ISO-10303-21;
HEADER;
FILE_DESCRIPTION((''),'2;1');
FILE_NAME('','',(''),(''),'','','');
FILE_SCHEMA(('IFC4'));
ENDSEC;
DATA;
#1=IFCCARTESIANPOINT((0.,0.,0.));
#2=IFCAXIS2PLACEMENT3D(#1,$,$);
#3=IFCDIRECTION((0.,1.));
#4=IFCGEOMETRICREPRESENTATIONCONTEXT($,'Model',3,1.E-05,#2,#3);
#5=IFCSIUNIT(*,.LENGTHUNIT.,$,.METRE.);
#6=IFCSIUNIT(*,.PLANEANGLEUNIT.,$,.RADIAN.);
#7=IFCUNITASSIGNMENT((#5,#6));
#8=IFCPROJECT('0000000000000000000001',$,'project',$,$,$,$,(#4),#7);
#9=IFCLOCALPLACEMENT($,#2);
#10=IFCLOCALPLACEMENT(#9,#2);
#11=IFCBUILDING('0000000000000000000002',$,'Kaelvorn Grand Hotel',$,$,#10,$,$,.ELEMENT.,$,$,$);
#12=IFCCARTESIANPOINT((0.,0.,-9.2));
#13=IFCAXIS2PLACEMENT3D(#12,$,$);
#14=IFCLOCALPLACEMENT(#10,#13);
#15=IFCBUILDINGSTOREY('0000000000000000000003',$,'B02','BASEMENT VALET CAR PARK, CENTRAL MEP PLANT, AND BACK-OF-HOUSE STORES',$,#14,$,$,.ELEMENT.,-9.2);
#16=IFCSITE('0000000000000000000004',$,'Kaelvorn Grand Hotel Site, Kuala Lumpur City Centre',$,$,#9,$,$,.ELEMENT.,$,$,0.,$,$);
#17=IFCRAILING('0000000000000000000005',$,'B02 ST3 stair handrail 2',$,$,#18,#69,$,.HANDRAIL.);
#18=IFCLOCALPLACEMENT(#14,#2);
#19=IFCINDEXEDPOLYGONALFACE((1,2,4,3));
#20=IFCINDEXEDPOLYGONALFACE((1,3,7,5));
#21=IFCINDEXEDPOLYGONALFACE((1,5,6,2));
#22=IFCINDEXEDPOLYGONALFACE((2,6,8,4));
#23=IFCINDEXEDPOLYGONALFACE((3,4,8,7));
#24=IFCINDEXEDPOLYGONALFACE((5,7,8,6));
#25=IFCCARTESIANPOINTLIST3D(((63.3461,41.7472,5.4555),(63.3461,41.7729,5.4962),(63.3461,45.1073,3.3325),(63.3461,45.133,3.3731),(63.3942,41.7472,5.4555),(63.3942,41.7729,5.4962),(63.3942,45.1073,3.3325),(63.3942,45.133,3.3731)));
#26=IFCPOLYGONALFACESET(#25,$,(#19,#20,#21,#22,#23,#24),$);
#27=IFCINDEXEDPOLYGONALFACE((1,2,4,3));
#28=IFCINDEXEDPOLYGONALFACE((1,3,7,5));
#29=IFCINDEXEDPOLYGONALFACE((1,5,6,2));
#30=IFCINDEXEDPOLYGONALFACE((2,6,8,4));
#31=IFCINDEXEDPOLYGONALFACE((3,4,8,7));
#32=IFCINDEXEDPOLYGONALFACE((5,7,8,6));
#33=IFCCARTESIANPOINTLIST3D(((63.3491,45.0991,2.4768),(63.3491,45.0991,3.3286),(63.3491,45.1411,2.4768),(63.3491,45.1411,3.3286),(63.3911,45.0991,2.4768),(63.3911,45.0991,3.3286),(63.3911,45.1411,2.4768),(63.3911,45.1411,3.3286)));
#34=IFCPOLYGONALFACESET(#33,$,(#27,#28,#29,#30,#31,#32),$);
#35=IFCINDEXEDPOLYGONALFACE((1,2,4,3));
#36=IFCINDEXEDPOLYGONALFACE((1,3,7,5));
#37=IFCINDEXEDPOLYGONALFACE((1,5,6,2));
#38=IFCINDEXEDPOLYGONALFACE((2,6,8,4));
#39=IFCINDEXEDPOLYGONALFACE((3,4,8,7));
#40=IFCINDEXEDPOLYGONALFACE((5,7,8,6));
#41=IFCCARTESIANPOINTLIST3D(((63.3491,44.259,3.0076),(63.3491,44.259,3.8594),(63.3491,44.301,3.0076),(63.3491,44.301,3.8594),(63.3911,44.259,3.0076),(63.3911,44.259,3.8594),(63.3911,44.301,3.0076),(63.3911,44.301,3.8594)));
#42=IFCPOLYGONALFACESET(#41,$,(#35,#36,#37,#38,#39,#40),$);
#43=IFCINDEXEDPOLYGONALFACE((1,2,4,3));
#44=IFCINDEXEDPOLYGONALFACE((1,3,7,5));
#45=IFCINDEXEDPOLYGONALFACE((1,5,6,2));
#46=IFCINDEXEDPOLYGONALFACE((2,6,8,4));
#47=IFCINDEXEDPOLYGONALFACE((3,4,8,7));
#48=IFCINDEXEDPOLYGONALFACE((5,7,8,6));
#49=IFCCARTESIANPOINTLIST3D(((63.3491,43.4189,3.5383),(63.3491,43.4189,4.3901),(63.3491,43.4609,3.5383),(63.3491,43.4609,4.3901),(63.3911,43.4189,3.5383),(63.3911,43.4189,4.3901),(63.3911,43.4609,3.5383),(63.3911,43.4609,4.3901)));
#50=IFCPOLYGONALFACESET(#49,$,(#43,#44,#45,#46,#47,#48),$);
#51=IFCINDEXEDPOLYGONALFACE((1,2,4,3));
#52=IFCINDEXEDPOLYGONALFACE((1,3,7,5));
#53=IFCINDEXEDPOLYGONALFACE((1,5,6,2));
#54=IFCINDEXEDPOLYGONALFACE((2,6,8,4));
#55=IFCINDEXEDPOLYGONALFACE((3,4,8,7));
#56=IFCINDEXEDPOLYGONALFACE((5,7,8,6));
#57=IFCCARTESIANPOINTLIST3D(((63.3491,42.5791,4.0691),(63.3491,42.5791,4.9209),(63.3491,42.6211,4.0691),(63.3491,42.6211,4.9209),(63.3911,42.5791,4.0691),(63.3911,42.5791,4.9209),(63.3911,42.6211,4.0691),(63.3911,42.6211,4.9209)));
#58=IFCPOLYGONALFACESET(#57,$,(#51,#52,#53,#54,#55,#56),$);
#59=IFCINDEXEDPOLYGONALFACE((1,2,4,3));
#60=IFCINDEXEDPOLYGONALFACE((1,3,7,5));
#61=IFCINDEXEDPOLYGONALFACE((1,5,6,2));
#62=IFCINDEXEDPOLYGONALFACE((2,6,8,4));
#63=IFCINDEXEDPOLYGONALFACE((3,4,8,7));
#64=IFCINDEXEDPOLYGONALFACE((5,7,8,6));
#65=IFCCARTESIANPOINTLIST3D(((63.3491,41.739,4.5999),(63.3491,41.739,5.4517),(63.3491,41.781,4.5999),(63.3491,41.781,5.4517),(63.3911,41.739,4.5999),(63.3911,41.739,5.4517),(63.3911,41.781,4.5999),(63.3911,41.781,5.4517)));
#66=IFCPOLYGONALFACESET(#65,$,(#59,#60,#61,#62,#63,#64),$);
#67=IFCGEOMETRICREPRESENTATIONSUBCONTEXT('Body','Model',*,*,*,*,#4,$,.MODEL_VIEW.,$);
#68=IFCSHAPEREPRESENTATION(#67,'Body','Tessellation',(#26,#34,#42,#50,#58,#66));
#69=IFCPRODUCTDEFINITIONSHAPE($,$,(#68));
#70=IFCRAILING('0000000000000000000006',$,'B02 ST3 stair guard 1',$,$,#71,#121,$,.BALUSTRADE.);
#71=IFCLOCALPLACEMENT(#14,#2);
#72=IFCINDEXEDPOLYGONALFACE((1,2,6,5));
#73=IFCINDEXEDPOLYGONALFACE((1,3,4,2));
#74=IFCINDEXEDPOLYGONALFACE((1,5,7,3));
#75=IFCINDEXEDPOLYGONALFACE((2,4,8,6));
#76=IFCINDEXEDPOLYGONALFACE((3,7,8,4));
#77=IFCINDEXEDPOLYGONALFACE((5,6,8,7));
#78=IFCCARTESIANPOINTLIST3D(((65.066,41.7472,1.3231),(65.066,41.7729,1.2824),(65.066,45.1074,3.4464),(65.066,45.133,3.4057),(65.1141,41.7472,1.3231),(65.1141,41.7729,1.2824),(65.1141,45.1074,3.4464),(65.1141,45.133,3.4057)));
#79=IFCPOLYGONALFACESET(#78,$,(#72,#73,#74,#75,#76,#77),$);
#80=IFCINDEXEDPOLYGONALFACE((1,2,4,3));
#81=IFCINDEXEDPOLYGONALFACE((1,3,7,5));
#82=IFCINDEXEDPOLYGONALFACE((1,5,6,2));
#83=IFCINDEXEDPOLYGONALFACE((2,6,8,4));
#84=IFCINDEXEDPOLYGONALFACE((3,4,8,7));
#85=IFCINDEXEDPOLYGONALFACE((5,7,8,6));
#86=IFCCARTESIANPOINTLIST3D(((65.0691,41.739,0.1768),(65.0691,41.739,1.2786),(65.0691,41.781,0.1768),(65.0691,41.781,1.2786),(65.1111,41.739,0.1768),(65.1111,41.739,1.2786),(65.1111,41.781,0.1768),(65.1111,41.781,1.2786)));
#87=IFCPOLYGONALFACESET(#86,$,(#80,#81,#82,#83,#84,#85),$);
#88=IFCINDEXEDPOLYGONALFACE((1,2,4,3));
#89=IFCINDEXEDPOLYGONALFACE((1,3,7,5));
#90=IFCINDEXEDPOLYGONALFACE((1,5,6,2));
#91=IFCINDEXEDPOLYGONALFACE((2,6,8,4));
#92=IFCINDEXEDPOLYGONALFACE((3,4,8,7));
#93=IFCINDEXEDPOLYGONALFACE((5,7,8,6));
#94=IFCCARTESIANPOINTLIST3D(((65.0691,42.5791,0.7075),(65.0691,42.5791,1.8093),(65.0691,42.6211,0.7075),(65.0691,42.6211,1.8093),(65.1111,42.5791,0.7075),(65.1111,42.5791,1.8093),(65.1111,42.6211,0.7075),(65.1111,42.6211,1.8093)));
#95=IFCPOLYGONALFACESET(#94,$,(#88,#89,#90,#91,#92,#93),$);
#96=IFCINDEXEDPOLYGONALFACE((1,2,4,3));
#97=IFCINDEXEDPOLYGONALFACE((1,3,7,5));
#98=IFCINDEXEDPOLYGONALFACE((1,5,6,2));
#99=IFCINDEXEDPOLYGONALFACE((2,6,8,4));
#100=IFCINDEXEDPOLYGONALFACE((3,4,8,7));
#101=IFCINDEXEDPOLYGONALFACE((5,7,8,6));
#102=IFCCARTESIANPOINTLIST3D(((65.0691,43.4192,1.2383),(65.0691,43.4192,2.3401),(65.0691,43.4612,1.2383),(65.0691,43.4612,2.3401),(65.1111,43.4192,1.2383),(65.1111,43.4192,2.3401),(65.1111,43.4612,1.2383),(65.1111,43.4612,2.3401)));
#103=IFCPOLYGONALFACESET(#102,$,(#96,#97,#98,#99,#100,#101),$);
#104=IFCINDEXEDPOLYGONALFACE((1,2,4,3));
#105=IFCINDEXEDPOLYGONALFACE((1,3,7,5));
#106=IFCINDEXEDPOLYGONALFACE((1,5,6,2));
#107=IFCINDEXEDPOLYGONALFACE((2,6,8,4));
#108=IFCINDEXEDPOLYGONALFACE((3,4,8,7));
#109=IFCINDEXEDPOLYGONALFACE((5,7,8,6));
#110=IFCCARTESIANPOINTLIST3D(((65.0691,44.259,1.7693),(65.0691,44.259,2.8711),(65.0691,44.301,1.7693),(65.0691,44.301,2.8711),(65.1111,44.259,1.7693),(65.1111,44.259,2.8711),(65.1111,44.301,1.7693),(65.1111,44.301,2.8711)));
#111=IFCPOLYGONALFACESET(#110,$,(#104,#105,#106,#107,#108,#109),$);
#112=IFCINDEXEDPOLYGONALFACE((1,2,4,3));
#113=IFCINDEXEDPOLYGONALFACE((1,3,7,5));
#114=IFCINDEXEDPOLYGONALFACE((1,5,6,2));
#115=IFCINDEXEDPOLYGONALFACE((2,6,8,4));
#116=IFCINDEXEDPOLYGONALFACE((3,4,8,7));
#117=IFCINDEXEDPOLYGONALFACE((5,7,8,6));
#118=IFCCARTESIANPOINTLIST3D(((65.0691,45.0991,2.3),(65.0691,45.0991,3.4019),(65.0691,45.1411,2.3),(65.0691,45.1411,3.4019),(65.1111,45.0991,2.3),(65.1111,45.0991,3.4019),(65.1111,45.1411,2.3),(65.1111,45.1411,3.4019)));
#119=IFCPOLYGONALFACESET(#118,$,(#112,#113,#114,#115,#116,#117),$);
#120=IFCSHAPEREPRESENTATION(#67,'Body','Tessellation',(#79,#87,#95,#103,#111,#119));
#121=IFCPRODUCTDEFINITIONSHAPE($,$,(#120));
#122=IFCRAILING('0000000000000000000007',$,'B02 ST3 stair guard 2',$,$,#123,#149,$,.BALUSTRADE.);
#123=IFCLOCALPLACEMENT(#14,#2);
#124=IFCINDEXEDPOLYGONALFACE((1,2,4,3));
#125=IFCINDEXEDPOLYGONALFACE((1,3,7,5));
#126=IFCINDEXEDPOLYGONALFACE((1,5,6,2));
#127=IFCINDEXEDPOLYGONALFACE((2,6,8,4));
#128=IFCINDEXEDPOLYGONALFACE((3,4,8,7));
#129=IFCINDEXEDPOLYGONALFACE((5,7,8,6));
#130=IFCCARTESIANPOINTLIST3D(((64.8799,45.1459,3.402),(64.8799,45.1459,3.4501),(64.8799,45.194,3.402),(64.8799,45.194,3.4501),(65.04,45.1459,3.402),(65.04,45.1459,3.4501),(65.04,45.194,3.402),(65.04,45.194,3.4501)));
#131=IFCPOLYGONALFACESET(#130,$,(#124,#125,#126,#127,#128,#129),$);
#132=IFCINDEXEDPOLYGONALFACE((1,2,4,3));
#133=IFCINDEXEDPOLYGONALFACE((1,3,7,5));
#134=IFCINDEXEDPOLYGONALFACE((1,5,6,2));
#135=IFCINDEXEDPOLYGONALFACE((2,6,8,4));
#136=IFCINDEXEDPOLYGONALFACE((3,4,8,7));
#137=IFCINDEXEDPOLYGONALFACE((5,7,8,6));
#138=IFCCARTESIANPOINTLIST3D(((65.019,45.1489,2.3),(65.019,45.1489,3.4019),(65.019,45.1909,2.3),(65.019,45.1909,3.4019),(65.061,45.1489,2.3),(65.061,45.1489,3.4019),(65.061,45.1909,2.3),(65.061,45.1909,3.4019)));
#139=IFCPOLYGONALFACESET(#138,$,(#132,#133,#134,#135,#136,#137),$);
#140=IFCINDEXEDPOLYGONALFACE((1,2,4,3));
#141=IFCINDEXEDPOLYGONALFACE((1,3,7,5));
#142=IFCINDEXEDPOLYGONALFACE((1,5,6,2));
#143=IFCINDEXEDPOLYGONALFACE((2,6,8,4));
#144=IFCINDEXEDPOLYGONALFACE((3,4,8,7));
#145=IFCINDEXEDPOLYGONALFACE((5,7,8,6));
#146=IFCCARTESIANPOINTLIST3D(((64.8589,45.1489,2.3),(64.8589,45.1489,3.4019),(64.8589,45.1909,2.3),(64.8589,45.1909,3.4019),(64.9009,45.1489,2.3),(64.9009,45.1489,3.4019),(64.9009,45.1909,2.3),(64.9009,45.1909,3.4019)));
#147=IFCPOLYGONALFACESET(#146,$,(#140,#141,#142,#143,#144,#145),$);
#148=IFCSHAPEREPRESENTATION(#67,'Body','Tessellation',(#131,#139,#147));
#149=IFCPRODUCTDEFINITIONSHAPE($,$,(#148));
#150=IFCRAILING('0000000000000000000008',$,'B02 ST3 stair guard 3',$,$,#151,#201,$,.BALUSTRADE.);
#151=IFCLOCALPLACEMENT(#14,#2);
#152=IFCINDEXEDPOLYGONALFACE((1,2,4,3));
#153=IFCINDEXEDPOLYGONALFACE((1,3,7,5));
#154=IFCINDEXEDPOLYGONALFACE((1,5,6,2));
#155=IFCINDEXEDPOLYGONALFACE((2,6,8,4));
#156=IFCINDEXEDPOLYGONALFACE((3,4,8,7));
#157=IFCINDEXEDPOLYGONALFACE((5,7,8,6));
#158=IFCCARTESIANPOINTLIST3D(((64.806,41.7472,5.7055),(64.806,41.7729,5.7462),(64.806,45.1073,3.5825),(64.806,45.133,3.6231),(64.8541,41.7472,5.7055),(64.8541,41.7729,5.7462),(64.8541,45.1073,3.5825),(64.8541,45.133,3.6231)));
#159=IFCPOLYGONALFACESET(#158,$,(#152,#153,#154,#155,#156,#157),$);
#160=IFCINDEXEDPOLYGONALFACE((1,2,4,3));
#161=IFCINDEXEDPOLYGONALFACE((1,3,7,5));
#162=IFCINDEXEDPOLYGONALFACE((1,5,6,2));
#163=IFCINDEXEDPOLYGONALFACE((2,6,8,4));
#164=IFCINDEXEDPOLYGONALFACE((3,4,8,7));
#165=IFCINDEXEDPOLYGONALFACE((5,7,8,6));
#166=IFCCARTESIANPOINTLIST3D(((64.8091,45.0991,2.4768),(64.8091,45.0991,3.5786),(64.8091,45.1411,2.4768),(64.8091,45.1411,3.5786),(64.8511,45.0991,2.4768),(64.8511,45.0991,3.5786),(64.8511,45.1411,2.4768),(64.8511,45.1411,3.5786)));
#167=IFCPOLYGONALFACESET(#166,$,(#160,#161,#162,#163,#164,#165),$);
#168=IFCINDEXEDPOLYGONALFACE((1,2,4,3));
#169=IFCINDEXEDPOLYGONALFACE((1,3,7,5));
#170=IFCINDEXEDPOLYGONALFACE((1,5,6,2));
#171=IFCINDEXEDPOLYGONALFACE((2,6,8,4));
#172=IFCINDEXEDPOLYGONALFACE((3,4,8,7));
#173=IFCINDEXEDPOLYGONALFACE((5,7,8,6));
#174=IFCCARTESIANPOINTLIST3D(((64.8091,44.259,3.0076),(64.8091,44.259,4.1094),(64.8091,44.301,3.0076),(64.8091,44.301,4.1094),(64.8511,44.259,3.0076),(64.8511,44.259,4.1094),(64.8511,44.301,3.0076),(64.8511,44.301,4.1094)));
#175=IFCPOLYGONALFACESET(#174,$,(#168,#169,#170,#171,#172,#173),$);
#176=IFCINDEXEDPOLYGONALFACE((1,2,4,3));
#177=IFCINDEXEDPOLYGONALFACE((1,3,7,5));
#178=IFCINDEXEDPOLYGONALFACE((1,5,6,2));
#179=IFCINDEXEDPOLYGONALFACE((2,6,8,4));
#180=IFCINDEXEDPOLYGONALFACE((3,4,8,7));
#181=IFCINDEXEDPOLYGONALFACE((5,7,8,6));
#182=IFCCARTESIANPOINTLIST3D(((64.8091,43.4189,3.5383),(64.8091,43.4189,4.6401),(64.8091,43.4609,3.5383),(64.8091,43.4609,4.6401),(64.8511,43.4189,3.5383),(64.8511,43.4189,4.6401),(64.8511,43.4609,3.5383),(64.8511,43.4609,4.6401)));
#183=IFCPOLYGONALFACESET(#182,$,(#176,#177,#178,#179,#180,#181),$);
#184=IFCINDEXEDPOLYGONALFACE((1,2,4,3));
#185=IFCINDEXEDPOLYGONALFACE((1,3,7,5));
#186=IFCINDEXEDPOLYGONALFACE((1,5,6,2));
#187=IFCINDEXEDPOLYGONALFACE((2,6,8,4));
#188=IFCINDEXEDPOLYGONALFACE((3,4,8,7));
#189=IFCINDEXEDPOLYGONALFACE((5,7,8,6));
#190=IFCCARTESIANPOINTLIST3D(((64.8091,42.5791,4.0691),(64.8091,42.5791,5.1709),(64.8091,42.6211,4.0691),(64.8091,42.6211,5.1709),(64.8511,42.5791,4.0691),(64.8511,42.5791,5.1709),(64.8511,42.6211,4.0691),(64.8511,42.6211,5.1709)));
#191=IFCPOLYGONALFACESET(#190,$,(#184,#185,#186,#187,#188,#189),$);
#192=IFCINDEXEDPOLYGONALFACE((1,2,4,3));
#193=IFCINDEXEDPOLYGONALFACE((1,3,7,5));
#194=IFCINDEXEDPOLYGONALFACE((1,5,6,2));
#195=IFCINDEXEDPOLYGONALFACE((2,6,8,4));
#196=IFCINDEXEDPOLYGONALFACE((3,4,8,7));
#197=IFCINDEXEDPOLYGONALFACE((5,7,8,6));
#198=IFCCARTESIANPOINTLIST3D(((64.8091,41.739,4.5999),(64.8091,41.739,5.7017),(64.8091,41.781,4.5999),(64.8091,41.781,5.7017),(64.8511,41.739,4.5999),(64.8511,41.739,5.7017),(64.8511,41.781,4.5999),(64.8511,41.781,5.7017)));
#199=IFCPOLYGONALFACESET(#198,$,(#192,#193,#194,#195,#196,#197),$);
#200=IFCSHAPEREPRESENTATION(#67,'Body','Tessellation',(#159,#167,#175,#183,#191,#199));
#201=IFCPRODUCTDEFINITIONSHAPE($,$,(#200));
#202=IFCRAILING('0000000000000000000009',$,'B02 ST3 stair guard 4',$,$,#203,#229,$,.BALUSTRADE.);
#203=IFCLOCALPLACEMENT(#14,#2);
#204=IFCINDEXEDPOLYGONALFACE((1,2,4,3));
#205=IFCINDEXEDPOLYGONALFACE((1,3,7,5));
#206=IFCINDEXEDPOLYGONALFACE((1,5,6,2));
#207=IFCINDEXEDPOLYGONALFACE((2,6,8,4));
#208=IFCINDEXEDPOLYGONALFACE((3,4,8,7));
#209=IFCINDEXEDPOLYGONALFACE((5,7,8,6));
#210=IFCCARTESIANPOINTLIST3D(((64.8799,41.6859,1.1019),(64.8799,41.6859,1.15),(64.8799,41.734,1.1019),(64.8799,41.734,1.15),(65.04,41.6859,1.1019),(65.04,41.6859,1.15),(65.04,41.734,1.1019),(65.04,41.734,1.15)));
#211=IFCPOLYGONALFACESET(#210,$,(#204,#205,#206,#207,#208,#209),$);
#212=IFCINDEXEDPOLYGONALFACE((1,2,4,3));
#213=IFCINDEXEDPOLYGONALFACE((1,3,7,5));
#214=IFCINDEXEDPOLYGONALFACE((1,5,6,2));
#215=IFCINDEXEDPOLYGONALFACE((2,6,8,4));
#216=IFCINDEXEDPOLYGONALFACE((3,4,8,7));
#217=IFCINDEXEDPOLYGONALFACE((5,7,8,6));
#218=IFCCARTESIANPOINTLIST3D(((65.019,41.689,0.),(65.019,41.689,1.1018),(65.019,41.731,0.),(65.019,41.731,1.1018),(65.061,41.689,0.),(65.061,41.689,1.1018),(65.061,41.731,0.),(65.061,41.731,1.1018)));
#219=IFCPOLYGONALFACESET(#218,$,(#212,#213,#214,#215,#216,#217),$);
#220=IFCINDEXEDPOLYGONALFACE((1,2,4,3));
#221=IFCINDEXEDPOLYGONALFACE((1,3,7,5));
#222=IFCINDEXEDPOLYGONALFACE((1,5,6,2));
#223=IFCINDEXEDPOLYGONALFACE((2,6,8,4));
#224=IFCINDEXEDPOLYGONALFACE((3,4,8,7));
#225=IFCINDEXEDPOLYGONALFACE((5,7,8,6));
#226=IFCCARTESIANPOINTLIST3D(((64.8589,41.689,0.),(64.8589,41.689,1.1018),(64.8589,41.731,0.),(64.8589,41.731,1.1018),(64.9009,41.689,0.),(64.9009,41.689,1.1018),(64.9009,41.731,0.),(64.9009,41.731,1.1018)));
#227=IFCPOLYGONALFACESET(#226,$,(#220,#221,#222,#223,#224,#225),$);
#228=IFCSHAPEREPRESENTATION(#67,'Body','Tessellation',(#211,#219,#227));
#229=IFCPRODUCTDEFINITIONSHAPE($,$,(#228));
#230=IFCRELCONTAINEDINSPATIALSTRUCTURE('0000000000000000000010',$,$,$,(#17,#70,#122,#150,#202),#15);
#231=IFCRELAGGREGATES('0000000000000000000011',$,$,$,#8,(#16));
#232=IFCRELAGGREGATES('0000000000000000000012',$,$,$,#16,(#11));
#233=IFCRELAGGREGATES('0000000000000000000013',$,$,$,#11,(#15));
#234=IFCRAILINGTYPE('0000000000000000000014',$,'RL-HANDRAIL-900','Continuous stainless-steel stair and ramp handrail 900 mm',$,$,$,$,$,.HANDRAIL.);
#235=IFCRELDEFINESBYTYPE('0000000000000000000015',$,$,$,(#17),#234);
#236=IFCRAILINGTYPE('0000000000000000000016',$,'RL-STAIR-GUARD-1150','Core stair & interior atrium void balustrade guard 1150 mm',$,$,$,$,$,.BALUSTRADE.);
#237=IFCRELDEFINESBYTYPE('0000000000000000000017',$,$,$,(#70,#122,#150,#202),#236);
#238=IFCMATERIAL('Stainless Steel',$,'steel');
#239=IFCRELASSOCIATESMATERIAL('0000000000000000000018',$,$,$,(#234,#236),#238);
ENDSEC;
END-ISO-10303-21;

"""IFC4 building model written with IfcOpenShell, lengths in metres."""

from ifc_helpers import new_model, si_unit, direction, frame, origin, origin_2d, place, context, subcontext, project, spatial, rectangle, extrude, material, type_object, element, save


model = new_model("IFC4")

# Units and contexts
model_context = context("Model", 3, precision=1e-05, world=origin(), true_north=direction((0.0, 1.0)))
body_context = subcontext(model_context, "Body", "Model", "MODEL_VIEW")
ifc_project = project(units=[si_unit("LENGTHUNIT", "METRE"), si_unit("PLANEANGLEUNIT", "RADIAN")], contexts=[model_context])

# Site, building, storey
site_placement = place(None, origin())
site = spatial("IfcSite", under=ifc_project, at=site_placement, Name="Kaelvorn Grand Hotel Site, Kuala Lumpur City Centre", CompositionType="ELEMENT", RefElevation=0.0)
building_placement = place(site_placement, origin())
building = spatial("IfcBuilding", under=site, at=building_placement, Name="Kaelvorn Grand Hotel", CompositionType="ELEMENT")
storey_placement = place(building_placement, frame((0.0, 0.0, -9.2)))
storey = spatial("IfcBuildingStorey", under=building, at=storey_placement, Name="B02", Description="BASEMENT VALET CAR PARK, CENTRAL MEP PLANT, AND BACK-OF-HOUSE STORES", CompositionType="ELEMENT", Elevation=-9.2)

# Shared definitions
ifc_material_1 = material(Name="Stainless Steel", Category="steel")

# Railings
railing_type_1 = type_object("IfcRailingType", Name="RL-HANDRAIL-900", Description="Continuous stainless-steel stair and ramp handrail 900 mm", PredefinedType="HANDRAIL", material=ifc_material_1)
railing_1_placement = place(storey_placement, frame((63.3701, 45.1201, 2.4768)))
element("IfcRailing", 1, at=railing_1_placement, inside=storey, type_object=railing_type_1, Name="B02 ST3 stair handrail 2", PredefinedType="HANDRAIL", context=body_context, shape_type="SweptSolid", body=[
    extrude(rectangle(XDim=0.0481, YDim=0.0481, at=origin_2d()), frame((0.0, 0.0, 0.876), z_axis=(0.0, -0.84539, 0.53415), x_axis=(1.0, 0.0, 0.0)), (0.0, 0.0, 1.0), 3.9746),
    extrude(rectangle(XDim=0.042, YDim=0.042, at=origin_2d()), origin(), (0.0, 0.0, 1.0), 0.8518),
    extrude(rectangle(XDim=0.042, YDim=0.042, at=origin_2d()), frame((0.0, -0.8401, 0.5308)), (0.0, 0.0, 1.0), 0.8518),
    extrude(rectangle(XDim=0.042, YDim=0.042, at=origin_2d()), frame((0.0, -1.6802, 1.0615)), (0.0, 0.0, 1.0), 0.8518),
    extrude(rectangle(XDim=0.042, YDim=0.042, at=origin_2d()), frame((0.0, -2.52, 1.5923)), (0.0, 0.0, 1.0), 0.8518),
    extrude(rectangle(XDim=0.042, YDim=0.042, at=origin_2d()), frame((0.0, -3.3601, 2.123)), (0.0, 0.0, 1.0), 0.8518),
])
railing_type_2 = type_object("IfcRailingType", Name="RL-STAIR-GUARD-1150", Description="Core stair & interior atrium void balustrade guard 1150 mm", PredefinedType="BALUSTRADE", material=ifc_material_1)
railing_2_placement = place(storey_placement, frame((65.0901, 41.76, 0.1768)))
element("IfcRailing", 2, at=railing_2_placement, inside=storey, type_object=railing_type_2, Name="B02 ST3 stair guard 1", PredefinedType="BALUSTRADE", context=body_context, shape_type="SweptSolid", body=[
    extrude(rectangle(XDim=0.0481, YDim=0.0481, at=origin_2d()), frame((0.0, 0.0, 1.126), z_axis=(0.0, 0.845362, 0.534194), x_axis=(-1.0, 0.0, 0.0)), (0.0, 0.0, 1.0), 3.9749),
    extrude(rectangle(XDim=0.042, YDim=0.042, at=origin_2d()), origin(), (0.0, 0.0, 1.0), 1.1018),
    extrude(rectangle(XDim=0.042, YDim=0.042, at=origin_2d()), frame((0.0, 0.8401, 0.5308)), (0.0, 0.0, 1.0), 1.1018),
    extrude(rectangle(XDim=0.042, YDim=0.042, at=origin_2d()), frame((0.0, 1.6802, 1.0615)), (0.0, 0.0, 1.0), 1.1018),
    extrude(rectangle(XDim=0.042, YDim=0.042, at=origin_2d()), frame((0.0, 2.52, 1.5925)), (0.0, 0.0, 1.0), 1.1018),
    extrude(rectangle(XDim=0.042, YDim=0.042, at=origin_2d()), frame((0.0, 3.3601, 2.1233)), (0.0, 0.0, 1.0), 1.1018),
])
railing_3_placement = place(storey_placement, frame((65.04, 45.1699, 2.3)))
element("IfcRailing", 3, at=railing_3_placement, inside=storey, type_object=railing_type_2, Name="B02 ST3 stair guard 2", PredefinedType="BALUSTRADE", context=body_context, shape_type="SweptSolid", body=[
    extrude(rectangle(XDim=0.0481, YDim=0.0481, at=origin_2d()), frame((0.0, 0.0, 1.126), z_axis=(-1.0, 0.0, 0.0), x_axis=(0.0, -1.0, 0.0)), (0.0, 0.0, 1.0), 0.1602),
    extrude(rectangle(XDim=0.042, YDim=0.042, at=origin_2d()), origin(), (0.0, 0.0, 1.0), 1.1018),
    extrude(rectangle(XDim=0.042, YDim=0.042, at=origin_2d()), frame((-0.1602, 0.0, 0.0)), (0.0, 0.0, 1.0), 1.1018),
])
railing_4_placement = place(storey_placement, frame((64.8301, 45.1201, 2.4768)))
element("IfcRailing", 4, at=railing_4_placement, inside=storey, type_object=railing_type_2, Name="B02 ST3 stair guard 3", PredefinedType="BALUSTRADE", context=body_context, shape_type="SweptSolid", body=[
    extrude(rectangle(XDim=0.0481, YDim=0.0481, at=origin_2d()), frame((0.0, 0.0, 1.126), z_axis=(0.0, -0.84539, 0.53415), x_axis=(1.0, 0.0, 0.0)), (0.0, 0.0, 1.0), 3.9746),
    extrude(rectangle(XDim=0.042, YDim=0.042, at=origin_2d()), origin(), (0.0, 0.0, 1.0), 1.1018),
    extrude(rectangle(XDim=0.042, YDim=0.042, at=origin_2d()), frame((0.0, -0.8401, 0.5308)), (0.0, 0.0, 1.0), 1.1018),
    extrude(rectangle(XDim=0.042, YDim=0.042, at=origin_2d()), frame((0.0, -1.6802, 1.0615)), (0.0, 0.0, 1.0), 1.1018),
    extrude(rectangle(XDim=0.042, YDim=0.042, at=origin_2d()), frame((0.0, -2.52, 1.5923)), (0.0, 0.0, 1.0), 1.1018),
    extrude(rectangle(XDim=0.042, YDim=0.042, at=origin_2d()), frame((0.0, -3.3601, 2.123)), (0.0, 0.0, 1.0), 1.1018),
])
railing_5_placement = place(storey_placement, frame((65.04, 41.71, 0.0)))
element("IfcRailing", 5, at=railing_5_placement, inside=storey, type_object=railing_type_2, Name="B02 ST3 stair guard 4", PredefinedType="BALUSTRADE", context=body_context, shape_type="SweptSolid", body=[
    extrude(rectangle(XDim=0.0481, YDim=0.0481, at=origin_2d()), frame((0.0, 0.0, 1.126), z_axis=(-1.0, 0.0, 0.0), x_axis=(0.0, -1.0, 0.0)), (0.0, 0.0, 1.0), 0.1602),
    extrude(rectangle(XDim=0.042, YDim=0.042, at=origin_2d()), origin(), (0.0, 0.0, 1.0), 1.1018),
    extrude(rectangle(XDim=0.042, YDim=0.042, at=origin_2d()), frame((-0.1602, 0.0, 0.0)), (0.0, 0.0, 1.0), 1.1018),
])

save(model, "model.ifc")
